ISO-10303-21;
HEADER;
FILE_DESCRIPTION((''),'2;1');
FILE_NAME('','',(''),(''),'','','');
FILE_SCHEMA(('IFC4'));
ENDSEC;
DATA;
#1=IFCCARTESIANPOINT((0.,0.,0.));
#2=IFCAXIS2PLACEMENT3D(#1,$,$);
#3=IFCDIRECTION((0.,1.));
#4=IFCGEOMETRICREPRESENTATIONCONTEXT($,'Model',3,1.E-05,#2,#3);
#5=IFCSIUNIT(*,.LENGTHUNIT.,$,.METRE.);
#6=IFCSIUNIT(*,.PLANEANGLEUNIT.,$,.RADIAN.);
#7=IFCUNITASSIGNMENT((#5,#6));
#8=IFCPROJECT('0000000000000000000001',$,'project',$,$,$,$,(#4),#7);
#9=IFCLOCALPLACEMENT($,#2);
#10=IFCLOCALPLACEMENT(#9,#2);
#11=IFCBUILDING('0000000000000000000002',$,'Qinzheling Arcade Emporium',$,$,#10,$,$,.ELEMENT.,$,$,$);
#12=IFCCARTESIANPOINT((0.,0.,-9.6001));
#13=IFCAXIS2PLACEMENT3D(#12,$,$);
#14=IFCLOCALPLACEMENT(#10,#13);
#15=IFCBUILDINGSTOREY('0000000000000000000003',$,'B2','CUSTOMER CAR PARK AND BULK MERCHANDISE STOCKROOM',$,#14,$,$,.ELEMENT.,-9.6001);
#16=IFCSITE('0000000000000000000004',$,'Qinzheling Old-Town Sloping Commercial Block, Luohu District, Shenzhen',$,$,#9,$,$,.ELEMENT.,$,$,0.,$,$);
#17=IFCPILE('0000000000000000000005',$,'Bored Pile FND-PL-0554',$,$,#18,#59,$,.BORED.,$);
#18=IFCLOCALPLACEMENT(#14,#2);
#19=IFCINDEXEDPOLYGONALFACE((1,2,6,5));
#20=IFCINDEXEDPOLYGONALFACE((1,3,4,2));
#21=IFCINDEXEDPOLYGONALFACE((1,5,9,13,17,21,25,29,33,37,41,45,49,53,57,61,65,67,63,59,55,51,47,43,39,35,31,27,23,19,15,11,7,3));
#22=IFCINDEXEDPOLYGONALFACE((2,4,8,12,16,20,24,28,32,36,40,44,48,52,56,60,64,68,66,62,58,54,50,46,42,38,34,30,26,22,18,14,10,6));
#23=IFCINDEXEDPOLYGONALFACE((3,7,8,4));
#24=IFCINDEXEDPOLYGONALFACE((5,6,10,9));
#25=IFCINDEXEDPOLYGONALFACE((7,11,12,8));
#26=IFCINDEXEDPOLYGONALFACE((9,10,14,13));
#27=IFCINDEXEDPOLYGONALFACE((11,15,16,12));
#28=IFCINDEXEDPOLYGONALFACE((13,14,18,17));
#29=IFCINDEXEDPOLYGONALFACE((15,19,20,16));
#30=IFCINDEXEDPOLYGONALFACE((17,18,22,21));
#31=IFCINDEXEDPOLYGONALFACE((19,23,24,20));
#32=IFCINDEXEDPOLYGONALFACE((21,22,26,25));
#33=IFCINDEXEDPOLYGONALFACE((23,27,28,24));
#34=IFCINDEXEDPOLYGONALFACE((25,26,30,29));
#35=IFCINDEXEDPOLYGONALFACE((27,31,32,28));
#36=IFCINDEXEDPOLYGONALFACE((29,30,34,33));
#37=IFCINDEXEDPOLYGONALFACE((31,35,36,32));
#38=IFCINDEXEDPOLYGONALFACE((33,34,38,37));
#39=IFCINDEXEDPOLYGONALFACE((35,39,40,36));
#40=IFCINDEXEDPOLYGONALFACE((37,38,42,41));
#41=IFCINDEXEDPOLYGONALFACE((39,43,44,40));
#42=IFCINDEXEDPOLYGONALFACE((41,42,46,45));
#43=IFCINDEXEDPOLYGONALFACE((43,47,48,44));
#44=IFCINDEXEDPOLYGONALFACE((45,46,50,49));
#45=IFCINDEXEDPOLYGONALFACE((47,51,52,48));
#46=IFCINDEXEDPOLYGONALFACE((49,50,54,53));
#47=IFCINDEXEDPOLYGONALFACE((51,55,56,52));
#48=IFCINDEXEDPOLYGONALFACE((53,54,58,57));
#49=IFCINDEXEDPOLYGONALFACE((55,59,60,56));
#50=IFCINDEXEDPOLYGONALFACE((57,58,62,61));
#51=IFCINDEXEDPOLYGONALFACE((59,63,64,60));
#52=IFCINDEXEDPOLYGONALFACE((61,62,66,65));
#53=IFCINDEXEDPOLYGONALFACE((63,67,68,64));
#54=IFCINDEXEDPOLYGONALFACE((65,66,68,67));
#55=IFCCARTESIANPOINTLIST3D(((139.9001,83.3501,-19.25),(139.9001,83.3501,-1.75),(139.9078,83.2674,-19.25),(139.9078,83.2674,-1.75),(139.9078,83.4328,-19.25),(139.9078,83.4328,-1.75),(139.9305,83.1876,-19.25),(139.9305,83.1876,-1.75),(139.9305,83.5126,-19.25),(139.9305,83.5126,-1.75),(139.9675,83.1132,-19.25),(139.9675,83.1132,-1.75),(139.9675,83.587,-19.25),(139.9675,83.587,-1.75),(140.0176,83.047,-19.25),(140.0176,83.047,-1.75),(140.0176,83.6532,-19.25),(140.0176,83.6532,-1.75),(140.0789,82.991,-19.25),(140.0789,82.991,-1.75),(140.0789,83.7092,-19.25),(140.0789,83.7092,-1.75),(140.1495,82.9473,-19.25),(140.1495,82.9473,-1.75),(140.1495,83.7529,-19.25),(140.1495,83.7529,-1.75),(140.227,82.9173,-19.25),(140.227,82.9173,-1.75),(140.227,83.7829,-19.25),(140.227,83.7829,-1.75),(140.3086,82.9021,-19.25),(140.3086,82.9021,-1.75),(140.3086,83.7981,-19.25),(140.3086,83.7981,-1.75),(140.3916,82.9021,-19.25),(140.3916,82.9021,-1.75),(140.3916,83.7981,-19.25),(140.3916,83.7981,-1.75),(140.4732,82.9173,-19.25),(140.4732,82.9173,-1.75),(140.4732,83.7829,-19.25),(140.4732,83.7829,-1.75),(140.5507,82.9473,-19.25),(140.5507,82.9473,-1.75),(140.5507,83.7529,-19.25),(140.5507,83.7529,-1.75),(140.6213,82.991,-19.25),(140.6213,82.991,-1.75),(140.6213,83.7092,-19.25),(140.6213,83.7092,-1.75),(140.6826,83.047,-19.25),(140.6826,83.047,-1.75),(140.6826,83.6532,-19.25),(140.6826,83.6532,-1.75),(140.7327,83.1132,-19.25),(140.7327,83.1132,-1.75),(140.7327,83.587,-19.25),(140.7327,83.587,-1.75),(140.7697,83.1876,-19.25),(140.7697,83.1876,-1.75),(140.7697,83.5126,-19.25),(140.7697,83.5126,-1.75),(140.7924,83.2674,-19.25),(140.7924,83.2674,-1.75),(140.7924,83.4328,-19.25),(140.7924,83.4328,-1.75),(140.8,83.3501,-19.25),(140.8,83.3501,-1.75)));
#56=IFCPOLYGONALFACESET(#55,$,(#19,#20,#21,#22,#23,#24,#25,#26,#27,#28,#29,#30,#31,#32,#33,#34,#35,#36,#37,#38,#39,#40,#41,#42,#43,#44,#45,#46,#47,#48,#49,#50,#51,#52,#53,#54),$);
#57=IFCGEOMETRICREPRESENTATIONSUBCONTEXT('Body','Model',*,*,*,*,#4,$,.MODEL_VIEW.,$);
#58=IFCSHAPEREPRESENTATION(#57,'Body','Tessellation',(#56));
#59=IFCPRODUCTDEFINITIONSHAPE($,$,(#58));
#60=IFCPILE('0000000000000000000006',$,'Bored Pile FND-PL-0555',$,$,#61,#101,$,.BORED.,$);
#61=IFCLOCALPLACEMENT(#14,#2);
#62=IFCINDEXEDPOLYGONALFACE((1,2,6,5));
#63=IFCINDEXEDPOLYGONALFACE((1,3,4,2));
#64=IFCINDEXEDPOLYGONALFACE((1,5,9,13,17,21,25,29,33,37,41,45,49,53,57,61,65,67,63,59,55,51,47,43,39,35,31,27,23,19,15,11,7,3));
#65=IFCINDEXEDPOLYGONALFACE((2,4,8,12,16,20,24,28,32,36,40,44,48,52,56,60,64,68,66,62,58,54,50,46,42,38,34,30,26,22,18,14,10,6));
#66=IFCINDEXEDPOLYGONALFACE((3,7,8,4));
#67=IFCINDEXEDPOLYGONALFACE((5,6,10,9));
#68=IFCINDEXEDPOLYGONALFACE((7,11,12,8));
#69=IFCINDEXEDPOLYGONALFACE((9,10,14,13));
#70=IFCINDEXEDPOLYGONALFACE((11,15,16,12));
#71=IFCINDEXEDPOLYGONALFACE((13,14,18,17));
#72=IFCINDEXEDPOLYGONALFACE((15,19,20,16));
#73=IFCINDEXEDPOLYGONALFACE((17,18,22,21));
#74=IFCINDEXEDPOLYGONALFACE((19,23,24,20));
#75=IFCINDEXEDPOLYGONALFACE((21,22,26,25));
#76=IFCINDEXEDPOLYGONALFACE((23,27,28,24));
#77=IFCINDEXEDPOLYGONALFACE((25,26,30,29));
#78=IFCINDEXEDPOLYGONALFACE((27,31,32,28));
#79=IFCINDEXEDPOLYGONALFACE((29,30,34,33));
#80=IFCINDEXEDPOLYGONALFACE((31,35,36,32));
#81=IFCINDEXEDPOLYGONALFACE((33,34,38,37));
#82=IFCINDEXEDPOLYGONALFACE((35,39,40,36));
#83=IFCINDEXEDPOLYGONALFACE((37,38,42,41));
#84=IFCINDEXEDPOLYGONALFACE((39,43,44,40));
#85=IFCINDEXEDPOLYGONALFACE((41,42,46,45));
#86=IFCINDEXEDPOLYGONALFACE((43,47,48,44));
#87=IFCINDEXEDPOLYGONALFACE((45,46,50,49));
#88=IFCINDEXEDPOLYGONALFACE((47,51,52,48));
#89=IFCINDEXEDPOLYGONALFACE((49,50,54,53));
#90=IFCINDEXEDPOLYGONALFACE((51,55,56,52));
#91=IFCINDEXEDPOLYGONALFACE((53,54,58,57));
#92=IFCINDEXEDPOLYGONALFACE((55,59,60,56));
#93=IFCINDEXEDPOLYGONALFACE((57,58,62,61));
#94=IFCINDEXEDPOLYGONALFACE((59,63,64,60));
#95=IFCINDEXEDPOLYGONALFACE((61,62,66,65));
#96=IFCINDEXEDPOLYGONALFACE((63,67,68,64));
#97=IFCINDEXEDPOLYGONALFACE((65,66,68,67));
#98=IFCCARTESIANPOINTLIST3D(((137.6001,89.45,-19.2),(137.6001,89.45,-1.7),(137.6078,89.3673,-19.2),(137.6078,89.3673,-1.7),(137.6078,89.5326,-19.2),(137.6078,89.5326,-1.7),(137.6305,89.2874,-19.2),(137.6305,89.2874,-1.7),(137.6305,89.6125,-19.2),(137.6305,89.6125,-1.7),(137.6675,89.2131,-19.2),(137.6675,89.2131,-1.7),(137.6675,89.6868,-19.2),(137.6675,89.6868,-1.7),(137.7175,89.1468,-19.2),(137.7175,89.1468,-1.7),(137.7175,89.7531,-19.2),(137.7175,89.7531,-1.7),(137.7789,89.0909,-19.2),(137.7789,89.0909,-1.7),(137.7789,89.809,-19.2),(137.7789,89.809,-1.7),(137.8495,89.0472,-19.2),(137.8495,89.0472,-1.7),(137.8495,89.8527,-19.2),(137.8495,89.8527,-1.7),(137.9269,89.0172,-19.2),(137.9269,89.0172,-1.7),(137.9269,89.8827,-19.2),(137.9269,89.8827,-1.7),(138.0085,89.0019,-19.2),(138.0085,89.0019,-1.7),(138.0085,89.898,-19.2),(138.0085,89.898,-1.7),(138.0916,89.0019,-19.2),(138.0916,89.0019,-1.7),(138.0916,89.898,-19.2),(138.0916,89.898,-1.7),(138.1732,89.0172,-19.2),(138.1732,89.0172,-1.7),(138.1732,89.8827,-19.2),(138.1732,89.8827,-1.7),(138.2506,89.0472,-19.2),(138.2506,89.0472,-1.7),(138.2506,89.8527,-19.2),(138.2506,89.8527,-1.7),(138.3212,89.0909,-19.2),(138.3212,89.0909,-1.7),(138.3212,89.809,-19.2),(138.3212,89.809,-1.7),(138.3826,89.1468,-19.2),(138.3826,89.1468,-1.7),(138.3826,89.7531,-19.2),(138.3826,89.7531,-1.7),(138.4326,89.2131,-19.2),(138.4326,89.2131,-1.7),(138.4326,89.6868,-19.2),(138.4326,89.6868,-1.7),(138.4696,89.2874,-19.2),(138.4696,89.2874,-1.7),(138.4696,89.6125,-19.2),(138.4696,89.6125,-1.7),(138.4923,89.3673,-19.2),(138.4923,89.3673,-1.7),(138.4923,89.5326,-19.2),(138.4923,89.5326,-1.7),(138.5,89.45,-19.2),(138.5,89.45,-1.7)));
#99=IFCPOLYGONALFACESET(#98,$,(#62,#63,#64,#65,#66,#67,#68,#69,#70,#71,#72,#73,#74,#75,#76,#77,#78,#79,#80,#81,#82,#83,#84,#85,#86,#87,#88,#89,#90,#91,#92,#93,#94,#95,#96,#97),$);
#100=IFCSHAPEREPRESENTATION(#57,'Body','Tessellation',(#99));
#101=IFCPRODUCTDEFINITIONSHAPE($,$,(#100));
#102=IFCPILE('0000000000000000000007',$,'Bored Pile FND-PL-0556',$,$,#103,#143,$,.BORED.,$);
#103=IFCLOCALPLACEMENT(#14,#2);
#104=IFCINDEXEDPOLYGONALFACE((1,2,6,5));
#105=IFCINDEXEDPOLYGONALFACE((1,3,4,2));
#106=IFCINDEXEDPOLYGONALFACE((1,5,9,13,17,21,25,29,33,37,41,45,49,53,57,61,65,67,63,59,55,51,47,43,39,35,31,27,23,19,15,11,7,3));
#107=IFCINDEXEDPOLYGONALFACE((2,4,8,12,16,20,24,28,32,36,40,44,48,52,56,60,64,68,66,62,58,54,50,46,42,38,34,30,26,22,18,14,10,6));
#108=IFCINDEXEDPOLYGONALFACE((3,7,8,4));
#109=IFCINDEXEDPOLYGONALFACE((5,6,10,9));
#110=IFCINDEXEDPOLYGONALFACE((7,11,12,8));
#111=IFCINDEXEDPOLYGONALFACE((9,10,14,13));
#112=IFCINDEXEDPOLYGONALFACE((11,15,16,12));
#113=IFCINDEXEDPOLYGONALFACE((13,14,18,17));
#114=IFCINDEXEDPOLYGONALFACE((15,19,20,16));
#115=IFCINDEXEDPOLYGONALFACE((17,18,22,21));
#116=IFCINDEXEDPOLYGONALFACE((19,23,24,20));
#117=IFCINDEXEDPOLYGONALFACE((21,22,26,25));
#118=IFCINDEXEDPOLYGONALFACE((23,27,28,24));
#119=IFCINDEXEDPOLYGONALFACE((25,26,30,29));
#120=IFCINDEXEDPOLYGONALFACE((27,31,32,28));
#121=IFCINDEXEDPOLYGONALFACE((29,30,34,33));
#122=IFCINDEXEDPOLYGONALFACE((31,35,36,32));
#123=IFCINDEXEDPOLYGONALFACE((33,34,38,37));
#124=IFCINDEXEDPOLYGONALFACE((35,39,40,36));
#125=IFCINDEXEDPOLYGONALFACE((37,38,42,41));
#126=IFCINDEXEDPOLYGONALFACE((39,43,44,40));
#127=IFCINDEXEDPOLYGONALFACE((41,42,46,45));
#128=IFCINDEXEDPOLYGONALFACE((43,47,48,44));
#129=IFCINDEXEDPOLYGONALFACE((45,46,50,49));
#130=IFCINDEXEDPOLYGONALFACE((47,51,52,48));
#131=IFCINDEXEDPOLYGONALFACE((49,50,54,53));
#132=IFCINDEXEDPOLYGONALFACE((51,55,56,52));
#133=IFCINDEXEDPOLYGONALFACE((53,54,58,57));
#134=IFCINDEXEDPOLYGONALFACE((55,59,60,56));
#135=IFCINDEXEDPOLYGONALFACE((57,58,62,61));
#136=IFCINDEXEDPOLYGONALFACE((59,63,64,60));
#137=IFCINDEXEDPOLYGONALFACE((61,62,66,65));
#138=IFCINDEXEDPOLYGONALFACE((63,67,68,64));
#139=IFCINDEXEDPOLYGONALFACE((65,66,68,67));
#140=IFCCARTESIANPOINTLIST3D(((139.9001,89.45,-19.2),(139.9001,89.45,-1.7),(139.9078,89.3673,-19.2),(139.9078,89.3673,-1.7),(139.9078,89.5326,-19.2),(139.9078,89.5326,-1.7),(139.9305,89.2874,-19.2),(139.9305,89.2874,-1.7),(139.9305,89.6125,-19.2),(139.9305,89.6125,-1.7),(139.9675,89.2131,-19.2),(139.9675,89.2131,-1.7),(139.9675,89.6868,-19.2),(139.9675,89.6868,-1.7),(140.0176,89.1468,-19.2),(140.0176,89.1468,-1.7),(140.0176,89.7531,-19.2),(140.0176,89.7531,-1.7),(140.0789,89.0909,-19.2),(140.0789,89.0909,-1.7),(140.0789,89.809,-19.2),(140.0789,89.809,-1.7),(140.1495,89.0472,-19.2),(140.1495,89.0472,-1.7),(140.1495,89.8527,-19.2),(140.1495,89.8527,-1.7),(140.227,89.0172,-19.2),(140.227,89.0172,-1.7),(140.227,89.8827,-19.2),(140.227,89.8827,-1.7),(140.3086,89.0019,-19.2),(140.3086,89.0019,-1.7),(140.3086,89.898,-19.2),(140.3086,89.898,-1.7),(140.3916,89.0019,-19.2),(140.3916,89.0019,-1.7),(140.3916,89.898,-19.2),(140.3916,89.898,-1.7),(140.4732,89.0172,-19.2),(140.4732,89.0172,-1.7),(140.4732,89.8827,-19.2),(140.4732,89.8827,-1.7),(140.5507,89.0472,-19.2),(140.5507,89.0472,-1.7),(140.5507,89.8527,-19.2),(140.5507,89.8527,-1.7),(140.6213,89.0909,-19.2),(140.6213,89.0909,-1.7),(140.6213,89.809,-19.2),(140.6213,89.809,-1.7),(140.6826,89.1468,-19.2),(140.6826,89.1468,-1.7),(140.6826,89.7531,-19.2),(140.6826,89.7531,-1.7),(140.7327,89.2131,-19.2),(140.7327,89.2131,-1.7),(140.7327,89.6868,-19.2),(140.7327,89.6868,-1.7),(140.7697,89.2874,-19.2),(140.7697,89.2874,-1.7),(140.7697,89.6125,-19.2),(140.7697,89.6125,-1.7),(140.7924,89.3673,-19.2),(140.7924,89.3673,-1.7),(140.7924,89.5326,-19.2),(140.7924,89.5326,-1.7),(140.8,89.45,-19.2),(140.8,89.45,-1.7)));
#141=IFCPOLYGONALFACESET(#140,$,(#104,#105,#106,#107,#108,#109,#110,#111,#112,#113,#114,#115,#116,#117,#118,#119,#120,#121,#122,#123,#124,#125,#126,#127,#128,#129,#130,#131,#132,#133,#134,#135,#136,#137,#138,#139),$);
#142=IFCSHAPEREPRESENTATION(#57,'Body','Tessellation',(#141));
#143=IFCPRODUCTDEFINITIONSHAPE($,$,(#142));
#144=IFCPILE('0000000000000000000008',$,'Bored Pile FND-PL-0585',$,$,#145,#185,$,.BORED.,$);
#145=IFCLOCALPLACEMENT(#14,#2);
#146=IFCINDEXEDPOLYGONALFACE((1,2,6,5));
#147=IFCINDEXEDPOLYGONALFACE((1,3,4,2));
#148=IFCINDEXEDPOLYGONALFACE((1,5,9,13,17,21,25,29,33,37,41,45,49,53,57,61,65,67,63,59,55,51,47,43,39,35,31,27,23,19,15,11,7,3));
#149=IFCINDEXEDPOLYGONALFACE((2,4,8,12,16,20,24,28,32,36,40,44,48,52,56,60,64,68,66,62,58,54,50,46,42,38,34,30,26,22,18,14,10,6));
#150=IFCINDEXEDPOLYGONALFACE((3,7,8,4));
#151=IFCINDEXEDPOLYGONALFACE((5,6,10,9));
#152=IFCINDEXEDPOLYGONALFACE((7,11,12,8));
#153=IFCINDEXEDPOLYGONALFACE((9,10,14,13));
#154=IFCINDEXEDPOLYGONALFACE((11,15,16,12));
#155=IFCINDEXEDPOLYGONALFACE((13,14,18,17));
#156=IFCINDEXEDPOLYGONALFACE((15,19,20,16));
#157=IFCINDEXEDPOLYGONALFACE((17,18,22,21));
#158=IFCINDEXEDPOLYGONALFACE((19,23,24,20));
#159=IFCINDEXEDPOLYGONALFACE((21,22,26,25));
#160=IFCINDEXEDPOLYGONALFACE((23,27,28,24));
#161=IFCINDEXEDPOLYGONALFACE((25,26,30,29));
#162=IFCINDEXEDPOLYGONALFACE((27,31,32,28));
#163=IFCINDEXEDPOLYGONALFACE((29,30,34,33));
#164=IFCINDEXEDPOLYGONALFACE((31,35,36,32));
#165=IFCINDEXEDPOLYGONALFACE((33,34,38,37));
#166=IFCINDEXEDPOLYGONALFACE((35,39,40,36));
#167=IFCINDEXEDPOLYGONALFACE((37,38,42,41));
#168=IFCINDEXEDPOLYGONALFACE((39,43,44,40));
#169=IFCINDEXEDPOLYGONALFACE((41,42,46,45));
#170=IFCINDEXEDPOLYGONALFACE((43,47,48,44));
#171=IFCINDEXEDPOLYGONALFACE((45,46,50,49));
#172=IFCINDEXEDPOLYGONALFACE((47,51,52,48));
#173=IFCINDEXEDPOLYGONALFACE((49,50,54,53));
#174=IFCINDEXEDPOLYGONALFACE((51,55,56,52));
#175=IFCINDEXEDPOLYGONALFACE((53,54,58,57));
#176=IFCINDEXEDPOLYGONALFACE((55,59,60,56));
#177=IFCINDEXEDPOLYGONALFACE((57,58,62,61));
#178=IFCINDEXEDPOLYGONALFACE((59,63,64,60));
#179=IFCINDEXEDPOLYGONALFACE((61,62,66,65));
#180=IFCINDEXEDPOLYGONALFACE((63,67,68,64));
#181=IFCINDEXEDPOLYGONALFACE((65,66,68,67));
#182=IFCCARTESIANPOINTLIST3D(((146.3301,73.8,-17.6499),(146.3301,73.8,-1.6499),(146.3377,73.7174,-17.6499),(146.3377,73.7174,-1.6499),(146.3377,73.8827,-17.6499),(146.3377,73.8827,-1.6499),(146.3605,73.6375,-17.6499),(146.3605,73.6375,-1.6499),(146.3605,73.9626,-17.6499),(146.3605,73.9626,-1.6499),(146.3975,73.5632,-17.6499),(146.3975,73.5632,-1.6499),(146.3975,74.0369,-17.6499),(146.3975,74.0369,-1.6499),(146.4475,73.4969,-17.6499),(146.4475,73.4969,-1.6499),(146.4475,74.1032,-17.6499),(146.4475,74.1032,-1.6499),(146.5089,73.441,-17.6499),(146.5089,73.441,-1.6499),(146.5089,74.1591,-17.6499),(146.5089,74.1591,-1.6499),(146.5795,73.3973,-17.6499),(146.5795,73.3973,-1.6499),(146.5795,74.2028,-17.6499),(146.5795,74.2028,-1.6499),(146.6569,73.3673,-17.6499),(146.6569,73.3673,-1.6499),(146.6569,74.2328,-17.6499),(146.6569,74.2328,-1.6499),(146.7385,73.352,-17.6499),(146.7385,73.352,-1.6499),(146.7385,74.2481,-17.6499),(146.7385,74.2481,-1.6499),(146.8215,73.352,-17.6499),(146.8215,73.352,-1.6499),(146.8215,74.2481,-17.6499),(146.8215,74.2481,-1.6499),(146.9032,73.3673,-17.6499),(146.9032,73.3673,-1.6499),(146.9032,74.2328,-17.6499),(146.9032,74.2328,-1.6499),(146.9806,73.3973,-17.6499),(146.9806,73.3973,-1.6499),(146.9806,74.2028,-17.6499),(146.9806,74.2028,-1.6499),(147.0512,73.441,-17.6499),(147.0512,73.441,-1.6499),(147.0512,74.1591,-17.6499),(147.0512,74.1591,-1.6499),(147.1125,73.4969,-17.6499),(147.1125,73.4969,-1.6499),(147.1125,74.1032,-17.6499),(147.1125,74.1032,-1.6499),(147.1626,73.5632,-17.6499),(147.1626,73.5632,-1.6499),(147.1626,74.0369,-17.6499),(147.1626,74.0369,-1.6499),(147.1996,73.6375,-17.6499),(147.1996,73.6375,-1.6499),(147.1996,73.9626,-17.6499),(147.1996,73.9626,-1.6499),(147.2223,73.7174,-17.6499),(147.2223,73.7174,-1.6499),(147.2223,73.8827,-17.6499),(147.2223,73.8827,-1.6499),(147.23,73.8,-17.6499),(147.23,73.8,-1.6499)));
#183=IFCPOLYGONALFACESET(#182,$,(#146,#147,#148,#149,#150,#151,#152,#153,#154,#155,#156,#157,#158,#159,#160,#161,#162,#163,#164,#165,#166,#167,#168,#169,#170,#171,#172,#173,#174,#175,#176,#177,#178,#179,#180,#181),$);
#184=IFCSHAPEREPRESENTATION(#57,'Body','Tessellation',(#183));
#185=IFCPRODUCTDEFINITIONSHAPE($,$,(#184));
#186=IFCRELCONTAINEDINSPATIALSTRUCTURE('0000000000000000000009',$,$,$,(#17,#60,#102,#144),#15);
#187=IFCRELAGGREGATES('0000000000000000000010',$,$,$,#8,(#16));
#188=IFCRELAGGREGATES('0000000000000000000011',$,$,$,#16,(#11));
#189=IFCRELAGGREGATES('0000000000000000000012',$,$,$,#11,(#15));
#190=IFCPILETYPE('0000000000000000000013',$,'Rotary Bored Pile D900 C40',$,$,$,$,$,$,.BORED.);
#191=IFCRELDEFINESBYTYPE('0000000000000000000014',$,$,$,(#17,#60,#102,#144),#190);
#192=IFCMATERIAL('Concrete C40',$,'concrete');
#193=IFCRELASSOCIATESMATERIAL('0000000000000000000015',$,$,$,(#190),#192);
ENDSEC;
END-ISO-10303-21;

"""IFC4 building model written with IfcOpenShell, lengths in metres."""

from ifc_helpers import new_model, si_unit, direction, frame, origin, origin_2d, place, context, subcontext, project, spatial, circle, extrude, material, material_profile, profile_set, type_object, element, save


model = new_model("IFC4")

# Units and contexts
model_context = context("Model", 3, precision=1e-05, world=origin(), true_north=direction((0.0, 1.0)))
body_context = subcontext(model_context, "Body", "Model", "MODEL_VIEW")
ifc_project = project(units=[si_unit("LENGTHUNIT", "METRE"), si_unit("PLANEANGLEUNIT", "RADIAN")], contexts=[model_context])

# Site, building, storey
site_placement = place(None, origin())
site = spatial("IfcSite", under=ifc_project, at=site_placement, Name="Qinzheling Old-Town Sloping Commercial Block, Luohu District, Shenzhen", CompositionType="ELEMENT", RefElevation=0.0)
building_placement = place(site_placement, origin())
building = spatial("IfcBuilding", under=site, at=building_placement, Name="Qinzheling Arcade Emporium", CompositionType="ELEMENT")
storey_placement = place(building_placement, frame((0.0, 0.0, -9.6001)))
storey = spatial("IfcBuildingStorey", under=building, at=storey_placement, Name="B2", Description="CUSTOMER CAR PARK AND BULK MERCHANDISE STOCKROOM", CompositionType="ELEMENT", Elevation=-9.6001)

# Shared definitions
ifc_material_1 = material(Name="Concrete C40", Category="concrete")

# Piles
ifc_material_profile_1 = material_profile(ifc_material_1, circle(Radius=0.45, at=origin_2d()), Name="BORED D900", Category="concrete")
ifc_profile_set_1 = profile_set([ifc_material_profile_1], Name="Concrete C40")
pile_type_1 = type_object("IfcPileType", Name="Rotary Bored Pile D900 C40", PredefinedType="BORED", material=ifc_profile_set_1)
for number, where, z_axis, x_axis, name in (
    (1, (140.3501, 83.3501, -1.75), (0.0, 0.0, -1.0), (1.0, 0.0, 0.0), "Bored Pile FND-PL-0554"),
    (2, (138.05, 89.45, -1.7), (0.0, 0.0, -1.0), (1.0, 0.0, 0.0), "Bored Pile FND-PL-0555"),
    (3, (140.3501, 89.45, -1.7), (0.0, 0.0, -1.0), (1.0, 0.0, 0.0), "Bored Pile FND-PL-0556"),
):
    element("IfcPile", number, at=place(storey_placement, frame(where, z_axis=z_axis, x_axis=x_axis)), inside=storey, type_object=pile_type_1, Name=name, PredefinedType="BORED", context=body_context, shape_type="SweptSolid", body=[
        extrude(circle(Radius=0.45, at=origin_2d()), origin(), (0.0, 0.0, 1.0), 17.5),
    ])
for number, where, z_axis, x_axis, name in (
    (4, (146.78, 73.8, -1.6499), (0.0, 0.0, -1.0), (1.0, 0.0, 0.0), "Bored Pile FND-PL-0585"),
):
    element("IfcPile", number, at=place(storey_placement, frame(where, z_axis=z_axis, x_axis=x_axis)), inside=storey, type_object=pile_type_1, Name=name, PredefinedType="BORED", context=body_context, shape_type="SweptSolid", body=[
        extrude(circle(Radius=0.45, at=origin_2d()), origin(), (0.0, 0.0, 1.0), 16.0),
    ])

save(model, "model.ifc")
